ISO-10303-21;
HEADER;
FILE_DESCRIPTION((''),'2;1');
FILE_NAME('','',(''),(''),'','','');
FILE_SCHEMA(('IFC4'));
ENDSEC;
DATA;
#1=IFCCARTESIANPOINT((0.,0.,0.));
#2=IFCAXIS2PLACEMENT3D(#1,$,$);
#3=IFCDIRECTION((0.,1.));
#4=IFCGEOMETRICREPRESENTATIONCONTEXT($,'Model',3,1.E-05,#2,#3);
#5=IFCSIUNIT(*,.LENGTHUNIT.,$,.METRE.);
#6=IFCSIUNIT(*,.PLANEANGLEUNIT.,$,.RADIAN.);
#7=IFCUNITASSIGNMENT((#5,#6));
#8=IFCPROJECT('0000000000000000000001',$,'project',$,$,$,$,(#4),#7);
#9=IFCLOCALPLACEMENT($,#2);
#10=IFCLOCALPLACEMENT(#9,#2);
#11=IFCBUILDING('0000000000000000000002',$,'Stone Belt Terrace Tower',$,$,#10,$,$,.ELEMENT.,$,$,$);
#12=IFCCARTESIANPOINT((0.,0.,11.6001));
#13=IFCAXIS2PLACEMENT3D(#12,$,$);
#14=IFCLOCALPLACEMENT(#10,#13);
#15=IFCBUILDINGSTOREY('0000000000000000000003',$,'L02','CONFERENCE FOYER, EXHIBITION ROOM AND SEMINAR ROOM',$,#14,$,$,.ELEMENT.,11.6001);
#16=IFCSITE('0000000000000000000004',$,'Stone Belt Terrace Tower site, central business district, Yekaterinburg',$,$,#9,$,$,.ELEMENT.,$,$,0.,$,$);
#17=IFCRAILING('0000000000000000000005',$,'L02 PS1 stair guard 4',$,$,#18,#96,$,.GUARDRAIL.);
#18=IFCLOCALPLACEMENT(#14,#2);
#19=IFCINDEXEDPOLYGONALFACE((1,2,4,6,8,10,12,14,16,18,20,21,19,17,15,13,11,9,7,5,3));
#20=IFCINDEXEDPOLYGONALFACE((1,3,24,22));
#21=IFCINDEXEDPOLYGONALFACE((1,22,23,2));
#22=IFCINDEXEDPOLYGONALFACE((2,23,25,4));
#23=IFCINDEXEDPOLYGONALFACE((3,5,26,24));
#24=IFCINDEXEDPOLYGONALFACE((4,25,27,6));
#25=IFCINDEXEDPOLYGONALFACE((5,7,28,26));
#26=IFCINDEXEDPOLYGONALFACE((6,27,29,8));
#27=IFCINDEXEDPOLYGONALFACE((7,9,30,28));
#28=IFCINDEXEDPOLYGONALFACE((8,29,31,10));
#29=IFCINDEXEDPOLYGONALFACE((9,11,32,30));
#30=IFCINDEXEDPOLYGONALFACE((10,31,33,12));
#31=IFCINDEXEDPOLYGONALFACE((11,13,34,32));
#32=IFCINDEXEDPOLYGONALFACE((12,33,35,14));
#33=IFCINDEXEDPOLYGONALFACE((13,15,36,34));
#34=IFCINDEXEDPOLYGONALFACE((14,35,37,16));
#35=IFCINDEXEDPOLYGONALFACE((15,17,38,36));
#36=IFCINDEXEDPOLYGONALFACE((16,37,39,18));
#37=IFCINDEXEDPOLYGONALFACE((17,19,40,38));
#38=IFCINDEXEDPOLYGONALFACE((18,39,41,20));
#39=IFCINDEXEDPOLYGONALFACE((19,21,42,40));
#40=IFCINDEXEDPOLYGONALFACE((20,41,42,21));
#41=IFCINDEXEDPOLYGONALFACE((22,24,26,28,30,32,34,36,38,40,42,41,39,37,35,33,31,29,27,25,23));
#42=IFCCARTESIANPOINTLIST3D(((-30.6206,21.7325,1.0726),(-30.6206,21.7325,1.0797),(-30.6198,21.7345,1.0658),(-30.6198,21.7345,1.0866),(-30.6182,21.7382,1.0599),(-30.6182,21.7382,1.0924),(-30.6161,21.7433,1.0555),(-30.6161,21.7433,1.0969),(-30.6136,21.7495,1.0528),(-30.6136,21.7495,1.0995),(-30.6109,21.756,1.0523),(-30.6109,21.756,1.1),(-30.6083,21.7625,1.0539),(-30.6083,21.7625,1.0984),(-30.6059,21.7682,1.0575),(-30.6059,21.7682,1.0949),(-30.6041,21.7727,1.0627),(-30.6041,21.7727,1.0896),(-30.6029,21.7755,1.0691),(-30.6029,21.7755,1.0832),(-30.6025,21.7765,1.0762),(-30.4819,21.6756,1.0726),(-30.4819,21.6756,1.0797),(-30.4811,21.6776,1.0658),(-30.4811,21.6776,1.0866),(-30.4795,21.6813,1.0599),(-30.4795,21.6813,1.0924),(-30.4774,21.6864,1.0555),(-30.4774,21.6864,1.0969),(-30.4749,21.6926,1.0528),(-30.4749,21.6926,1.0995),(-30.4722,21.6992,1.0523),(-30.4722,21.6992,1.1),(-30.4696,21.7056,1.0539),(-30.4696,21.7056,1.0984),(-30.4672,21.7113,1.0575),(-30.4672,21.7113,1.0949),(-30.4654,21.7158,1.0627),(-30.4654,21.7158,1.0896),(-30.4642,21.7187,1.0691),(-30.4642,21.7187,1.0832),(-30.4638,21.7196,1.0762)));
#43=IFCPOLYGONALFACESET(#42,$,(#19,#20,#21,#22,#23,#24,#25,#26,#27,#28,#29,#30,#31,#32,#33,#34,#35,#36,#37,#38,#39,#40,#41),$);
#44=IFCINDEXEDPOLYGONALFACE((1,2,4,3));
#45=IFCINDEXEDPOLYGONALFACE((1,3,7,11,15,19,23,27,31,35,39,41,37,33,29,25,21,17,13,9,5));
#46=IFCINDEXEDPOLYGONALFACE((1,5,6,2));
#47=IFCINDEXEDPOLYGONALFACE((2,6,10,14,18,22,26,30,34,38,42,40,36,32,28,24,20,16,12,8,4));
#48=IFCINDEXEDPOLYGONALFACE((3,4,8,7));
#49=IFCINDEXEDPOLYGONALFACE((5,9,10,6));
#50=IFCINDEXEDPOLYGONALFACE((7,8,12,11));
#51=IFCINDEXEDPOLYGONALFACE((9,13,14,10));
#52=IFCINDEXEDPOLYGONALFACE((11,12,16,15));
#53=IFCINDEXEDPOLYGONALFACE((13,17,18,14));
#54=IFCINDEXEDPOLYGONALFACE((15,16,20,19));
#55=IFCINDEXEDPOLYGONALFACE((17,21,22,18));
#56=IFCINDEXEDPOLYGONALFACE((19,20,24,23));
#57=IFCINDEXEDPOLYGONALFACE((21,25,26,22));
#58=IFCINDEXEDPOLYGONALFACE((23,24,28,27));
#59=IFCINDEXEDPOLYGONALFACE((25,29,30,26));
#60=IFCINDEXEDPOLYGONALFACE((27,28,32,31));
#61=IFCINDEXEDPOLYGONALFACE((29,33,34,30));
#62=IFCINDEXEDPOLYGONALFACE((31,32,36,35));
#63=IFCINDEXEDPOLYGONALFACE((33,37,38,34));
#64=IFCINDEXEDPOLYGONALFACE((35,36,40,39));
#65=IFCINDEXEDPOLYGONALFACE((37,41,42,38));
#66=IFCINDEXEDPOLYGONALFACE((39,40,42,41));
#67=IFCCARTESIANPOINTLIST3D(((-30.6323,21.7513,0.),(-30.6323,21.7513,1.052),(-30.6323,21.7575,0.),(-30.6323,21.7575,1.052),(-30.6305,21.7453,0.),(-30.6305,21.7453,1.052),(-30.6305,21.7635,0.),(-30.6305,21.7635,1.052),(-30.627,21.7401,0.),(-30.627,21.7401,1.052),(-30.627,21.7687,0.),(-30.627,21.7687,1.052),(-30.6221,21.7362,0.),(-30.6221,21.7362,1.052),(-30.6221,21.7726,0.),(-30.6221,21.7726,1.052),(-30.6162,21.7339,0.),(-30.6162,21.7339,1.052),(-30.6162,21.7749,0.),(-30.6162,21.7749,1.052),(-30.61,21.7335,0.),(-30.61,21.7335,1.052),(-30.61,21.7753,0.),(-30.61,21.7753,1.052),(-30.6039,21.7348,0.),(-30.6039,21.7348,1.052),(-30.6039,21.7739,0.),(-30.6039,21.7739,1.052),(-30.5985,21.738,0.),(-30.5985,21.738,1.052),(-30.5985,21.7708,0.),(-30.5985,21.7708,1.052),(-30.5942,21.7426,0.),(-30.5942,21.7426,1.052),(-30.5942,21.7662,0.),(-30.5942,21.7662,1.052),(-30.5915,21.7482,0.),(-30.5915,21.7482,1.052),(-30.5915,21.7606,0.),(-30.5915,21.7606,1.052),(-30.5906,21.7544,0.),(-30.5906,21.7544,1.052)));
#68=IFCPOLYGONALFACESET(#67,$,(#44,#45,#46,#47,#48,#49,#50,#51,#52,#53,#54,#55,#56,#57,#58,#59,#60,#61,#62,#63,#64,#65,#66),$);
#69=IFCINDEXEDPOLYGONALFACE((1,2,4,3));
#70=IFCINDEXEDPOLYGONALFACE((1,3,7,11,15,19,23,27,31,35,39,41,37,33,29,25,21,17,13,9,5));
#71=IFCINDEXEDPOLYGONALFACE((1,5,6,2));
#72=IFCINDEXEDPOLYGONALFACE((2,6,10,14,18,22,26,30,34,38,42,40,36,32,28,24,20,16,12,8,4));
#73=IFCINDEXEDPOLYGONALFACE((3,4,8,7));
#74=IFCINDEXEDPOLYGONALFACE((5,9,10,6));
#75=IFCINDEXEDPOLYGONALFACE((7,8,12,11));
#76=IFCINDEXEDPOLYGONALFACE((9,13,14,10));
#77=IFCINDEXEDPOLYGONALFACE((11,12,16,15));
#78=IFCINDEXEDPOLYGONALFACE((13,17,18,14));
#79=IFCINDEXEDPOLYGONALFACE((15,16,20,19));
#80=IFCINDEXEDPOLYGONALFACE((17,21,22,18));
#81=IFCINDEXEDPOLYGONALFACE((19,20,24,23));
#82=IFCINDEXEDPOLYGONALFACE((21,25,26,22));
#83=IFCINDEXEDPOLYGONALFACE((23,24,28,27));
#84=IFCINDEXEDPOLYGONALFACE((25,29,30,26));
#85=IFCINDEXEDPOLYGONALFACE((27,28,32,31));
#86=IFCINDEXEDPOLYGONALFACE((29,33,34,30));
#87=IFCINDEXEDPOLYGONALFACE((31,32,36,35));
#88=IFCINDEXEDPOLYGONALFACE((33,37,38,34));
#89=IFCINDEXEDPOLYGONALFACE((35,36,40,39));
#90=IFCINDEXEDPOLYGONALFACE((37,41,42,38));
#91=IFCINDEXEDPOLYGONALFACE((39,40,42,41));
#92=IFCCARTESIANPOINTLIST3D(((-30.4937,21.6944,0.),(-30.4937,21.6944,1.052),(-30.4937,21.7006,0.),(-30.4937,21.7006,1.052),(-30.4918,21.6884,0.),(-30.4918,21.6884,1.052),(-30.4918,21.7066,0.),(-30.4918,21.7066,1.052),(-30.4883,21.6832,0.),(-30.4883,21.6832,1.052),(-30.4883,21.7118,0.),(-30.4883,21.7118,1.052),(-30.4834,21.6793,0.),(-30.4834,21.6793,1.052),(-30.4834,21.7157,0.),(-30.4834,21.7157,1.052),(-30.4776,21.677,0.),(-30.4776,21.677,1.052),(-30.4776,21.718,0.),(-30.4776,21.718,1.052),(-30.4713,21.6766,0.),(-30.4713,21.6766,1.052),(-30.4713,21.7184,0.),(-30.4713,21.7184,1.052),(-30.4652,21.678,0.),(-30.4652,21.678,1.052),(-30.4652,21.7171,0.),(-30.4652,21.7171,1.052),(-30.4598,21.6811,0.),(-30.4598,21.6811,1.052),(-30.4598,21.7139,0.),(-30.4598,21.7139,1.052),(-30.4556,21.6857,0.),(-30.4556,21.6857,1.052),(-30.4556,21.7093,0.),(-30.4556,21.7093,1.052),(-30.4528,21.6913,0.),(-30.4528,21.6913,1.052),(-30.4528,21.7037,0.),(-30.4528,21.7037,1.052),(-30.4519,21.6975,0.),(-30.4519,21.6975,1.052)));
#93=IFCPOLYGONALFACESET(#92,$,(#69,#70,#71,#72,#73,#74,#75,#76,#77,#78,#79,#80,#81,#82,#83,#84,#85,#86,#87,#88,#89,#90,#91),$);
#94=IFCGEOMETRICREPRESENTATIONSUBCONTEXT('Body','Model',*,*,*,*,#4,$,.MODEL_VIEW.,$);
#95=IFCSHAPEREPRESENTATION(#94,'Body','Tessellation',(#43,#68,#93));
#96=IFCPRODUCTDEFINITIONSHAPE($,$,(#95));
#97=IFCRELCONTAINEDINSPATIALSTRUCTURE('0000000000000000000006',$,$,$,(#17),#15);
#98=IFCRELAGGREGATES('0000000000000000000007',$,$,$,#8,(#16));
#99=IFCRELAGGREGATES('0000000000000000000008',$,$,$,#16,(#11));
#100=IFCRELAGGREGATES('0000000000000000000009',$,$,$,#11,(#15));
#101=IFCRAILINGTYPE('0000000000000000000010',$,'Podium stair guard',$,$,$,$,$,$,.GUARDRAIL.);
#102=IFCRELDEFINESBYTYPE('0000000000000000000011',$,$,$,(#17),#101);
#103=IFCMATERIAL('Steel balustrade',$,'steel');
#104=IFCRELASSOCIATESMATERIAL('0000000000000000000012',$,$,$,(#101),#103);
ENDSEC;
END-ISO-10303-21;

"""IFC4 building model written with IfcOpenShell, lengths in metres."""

from ifc_helpers import new_model, si_unit, direction, frame, origin, origin_2d, place, context, subcontext, project, spatial, circle, extrude, material, type_object, element, save


model = new_model("IFC4")

# Units and contexts
model_context = context("Model", 3, precision=1e-05, world=origin(), true_north=direction((0.0, 1.0)))
body_context = subcontext(model_context, "Body", "Model", "MODEL_VIEW")
ifc_project = project(units=[si_unit("LENGTHUNIT", "METRE"), si_unit("PLANEANGLEUNIT", "RADIAN")], contexts=[model_context])

# Site, building, storey
site_placement = place(None, origin())
site = spatial("IfcSite", under=ifc_project, at=site_placement, Name="Stone Belt Terrace Tower site, central business district, Yekaterinburg", CompositionType="ELEMENT", RefElevation=0.0)
building_placement = place(site_placement, origin())
building = spatial("IfcBuilding", under=site, at=building_placement, Name="Stone Belt Terrace Tower", CompositionType="ELEMENT")
storey_placement = place(building_placement, frame((0.0, 0.0, 11.6001)))
storey = spatial("IfcBuildingStorey", under=building, at=storey_placement, Name="L02", Description="CONFERENCE FOYER, EXHIBITION ROOM AND SEMINAR ROOM", CompositionType="ELEMENT", Elevation=11.6001)

# Railing
ifc_material_1 = material(Name="Steel balustrade", Category="steel")
railing_type_1 = type_object("IfcRailingType", Name="Podium stair guard", PredefinedType="GUARDRAIL", material=ifc_material_1)
railing_1_placement = place(storey_placement, frame((-30.6116, 21.7544, 0.0)))
element("IfcRailing", 1, at=railing_1_placement, inside=storey, type_object=railing_type_1, Name="L02 PS1 stair guard 4", PredefinedType="GUARDRAIL", context=body_context, shape_type="SweptSolid", body=[
    extrude(circle(Radius=0.0239, at=origin_2d()), frame((0.0, 0.0, 1.0762), z_axis=(0.925183, -0.379521, 0.0), x_axis=(0.379521, 0.925183, 0.0)), (0.0, 0.0, 1.0), 0.1499),
    extrude(circle(Radius=0.021, at=origin_2d()), origin(), (0.0, 0.0, 1.0), 1.052),
    extrude(circle(Radius=0.021, at=origin_2d()), frame((0.1387, -0.0569, 0.0)), (0.0, 0.0, 1.0), 1.052),
])

save(model, "model.ifc")
